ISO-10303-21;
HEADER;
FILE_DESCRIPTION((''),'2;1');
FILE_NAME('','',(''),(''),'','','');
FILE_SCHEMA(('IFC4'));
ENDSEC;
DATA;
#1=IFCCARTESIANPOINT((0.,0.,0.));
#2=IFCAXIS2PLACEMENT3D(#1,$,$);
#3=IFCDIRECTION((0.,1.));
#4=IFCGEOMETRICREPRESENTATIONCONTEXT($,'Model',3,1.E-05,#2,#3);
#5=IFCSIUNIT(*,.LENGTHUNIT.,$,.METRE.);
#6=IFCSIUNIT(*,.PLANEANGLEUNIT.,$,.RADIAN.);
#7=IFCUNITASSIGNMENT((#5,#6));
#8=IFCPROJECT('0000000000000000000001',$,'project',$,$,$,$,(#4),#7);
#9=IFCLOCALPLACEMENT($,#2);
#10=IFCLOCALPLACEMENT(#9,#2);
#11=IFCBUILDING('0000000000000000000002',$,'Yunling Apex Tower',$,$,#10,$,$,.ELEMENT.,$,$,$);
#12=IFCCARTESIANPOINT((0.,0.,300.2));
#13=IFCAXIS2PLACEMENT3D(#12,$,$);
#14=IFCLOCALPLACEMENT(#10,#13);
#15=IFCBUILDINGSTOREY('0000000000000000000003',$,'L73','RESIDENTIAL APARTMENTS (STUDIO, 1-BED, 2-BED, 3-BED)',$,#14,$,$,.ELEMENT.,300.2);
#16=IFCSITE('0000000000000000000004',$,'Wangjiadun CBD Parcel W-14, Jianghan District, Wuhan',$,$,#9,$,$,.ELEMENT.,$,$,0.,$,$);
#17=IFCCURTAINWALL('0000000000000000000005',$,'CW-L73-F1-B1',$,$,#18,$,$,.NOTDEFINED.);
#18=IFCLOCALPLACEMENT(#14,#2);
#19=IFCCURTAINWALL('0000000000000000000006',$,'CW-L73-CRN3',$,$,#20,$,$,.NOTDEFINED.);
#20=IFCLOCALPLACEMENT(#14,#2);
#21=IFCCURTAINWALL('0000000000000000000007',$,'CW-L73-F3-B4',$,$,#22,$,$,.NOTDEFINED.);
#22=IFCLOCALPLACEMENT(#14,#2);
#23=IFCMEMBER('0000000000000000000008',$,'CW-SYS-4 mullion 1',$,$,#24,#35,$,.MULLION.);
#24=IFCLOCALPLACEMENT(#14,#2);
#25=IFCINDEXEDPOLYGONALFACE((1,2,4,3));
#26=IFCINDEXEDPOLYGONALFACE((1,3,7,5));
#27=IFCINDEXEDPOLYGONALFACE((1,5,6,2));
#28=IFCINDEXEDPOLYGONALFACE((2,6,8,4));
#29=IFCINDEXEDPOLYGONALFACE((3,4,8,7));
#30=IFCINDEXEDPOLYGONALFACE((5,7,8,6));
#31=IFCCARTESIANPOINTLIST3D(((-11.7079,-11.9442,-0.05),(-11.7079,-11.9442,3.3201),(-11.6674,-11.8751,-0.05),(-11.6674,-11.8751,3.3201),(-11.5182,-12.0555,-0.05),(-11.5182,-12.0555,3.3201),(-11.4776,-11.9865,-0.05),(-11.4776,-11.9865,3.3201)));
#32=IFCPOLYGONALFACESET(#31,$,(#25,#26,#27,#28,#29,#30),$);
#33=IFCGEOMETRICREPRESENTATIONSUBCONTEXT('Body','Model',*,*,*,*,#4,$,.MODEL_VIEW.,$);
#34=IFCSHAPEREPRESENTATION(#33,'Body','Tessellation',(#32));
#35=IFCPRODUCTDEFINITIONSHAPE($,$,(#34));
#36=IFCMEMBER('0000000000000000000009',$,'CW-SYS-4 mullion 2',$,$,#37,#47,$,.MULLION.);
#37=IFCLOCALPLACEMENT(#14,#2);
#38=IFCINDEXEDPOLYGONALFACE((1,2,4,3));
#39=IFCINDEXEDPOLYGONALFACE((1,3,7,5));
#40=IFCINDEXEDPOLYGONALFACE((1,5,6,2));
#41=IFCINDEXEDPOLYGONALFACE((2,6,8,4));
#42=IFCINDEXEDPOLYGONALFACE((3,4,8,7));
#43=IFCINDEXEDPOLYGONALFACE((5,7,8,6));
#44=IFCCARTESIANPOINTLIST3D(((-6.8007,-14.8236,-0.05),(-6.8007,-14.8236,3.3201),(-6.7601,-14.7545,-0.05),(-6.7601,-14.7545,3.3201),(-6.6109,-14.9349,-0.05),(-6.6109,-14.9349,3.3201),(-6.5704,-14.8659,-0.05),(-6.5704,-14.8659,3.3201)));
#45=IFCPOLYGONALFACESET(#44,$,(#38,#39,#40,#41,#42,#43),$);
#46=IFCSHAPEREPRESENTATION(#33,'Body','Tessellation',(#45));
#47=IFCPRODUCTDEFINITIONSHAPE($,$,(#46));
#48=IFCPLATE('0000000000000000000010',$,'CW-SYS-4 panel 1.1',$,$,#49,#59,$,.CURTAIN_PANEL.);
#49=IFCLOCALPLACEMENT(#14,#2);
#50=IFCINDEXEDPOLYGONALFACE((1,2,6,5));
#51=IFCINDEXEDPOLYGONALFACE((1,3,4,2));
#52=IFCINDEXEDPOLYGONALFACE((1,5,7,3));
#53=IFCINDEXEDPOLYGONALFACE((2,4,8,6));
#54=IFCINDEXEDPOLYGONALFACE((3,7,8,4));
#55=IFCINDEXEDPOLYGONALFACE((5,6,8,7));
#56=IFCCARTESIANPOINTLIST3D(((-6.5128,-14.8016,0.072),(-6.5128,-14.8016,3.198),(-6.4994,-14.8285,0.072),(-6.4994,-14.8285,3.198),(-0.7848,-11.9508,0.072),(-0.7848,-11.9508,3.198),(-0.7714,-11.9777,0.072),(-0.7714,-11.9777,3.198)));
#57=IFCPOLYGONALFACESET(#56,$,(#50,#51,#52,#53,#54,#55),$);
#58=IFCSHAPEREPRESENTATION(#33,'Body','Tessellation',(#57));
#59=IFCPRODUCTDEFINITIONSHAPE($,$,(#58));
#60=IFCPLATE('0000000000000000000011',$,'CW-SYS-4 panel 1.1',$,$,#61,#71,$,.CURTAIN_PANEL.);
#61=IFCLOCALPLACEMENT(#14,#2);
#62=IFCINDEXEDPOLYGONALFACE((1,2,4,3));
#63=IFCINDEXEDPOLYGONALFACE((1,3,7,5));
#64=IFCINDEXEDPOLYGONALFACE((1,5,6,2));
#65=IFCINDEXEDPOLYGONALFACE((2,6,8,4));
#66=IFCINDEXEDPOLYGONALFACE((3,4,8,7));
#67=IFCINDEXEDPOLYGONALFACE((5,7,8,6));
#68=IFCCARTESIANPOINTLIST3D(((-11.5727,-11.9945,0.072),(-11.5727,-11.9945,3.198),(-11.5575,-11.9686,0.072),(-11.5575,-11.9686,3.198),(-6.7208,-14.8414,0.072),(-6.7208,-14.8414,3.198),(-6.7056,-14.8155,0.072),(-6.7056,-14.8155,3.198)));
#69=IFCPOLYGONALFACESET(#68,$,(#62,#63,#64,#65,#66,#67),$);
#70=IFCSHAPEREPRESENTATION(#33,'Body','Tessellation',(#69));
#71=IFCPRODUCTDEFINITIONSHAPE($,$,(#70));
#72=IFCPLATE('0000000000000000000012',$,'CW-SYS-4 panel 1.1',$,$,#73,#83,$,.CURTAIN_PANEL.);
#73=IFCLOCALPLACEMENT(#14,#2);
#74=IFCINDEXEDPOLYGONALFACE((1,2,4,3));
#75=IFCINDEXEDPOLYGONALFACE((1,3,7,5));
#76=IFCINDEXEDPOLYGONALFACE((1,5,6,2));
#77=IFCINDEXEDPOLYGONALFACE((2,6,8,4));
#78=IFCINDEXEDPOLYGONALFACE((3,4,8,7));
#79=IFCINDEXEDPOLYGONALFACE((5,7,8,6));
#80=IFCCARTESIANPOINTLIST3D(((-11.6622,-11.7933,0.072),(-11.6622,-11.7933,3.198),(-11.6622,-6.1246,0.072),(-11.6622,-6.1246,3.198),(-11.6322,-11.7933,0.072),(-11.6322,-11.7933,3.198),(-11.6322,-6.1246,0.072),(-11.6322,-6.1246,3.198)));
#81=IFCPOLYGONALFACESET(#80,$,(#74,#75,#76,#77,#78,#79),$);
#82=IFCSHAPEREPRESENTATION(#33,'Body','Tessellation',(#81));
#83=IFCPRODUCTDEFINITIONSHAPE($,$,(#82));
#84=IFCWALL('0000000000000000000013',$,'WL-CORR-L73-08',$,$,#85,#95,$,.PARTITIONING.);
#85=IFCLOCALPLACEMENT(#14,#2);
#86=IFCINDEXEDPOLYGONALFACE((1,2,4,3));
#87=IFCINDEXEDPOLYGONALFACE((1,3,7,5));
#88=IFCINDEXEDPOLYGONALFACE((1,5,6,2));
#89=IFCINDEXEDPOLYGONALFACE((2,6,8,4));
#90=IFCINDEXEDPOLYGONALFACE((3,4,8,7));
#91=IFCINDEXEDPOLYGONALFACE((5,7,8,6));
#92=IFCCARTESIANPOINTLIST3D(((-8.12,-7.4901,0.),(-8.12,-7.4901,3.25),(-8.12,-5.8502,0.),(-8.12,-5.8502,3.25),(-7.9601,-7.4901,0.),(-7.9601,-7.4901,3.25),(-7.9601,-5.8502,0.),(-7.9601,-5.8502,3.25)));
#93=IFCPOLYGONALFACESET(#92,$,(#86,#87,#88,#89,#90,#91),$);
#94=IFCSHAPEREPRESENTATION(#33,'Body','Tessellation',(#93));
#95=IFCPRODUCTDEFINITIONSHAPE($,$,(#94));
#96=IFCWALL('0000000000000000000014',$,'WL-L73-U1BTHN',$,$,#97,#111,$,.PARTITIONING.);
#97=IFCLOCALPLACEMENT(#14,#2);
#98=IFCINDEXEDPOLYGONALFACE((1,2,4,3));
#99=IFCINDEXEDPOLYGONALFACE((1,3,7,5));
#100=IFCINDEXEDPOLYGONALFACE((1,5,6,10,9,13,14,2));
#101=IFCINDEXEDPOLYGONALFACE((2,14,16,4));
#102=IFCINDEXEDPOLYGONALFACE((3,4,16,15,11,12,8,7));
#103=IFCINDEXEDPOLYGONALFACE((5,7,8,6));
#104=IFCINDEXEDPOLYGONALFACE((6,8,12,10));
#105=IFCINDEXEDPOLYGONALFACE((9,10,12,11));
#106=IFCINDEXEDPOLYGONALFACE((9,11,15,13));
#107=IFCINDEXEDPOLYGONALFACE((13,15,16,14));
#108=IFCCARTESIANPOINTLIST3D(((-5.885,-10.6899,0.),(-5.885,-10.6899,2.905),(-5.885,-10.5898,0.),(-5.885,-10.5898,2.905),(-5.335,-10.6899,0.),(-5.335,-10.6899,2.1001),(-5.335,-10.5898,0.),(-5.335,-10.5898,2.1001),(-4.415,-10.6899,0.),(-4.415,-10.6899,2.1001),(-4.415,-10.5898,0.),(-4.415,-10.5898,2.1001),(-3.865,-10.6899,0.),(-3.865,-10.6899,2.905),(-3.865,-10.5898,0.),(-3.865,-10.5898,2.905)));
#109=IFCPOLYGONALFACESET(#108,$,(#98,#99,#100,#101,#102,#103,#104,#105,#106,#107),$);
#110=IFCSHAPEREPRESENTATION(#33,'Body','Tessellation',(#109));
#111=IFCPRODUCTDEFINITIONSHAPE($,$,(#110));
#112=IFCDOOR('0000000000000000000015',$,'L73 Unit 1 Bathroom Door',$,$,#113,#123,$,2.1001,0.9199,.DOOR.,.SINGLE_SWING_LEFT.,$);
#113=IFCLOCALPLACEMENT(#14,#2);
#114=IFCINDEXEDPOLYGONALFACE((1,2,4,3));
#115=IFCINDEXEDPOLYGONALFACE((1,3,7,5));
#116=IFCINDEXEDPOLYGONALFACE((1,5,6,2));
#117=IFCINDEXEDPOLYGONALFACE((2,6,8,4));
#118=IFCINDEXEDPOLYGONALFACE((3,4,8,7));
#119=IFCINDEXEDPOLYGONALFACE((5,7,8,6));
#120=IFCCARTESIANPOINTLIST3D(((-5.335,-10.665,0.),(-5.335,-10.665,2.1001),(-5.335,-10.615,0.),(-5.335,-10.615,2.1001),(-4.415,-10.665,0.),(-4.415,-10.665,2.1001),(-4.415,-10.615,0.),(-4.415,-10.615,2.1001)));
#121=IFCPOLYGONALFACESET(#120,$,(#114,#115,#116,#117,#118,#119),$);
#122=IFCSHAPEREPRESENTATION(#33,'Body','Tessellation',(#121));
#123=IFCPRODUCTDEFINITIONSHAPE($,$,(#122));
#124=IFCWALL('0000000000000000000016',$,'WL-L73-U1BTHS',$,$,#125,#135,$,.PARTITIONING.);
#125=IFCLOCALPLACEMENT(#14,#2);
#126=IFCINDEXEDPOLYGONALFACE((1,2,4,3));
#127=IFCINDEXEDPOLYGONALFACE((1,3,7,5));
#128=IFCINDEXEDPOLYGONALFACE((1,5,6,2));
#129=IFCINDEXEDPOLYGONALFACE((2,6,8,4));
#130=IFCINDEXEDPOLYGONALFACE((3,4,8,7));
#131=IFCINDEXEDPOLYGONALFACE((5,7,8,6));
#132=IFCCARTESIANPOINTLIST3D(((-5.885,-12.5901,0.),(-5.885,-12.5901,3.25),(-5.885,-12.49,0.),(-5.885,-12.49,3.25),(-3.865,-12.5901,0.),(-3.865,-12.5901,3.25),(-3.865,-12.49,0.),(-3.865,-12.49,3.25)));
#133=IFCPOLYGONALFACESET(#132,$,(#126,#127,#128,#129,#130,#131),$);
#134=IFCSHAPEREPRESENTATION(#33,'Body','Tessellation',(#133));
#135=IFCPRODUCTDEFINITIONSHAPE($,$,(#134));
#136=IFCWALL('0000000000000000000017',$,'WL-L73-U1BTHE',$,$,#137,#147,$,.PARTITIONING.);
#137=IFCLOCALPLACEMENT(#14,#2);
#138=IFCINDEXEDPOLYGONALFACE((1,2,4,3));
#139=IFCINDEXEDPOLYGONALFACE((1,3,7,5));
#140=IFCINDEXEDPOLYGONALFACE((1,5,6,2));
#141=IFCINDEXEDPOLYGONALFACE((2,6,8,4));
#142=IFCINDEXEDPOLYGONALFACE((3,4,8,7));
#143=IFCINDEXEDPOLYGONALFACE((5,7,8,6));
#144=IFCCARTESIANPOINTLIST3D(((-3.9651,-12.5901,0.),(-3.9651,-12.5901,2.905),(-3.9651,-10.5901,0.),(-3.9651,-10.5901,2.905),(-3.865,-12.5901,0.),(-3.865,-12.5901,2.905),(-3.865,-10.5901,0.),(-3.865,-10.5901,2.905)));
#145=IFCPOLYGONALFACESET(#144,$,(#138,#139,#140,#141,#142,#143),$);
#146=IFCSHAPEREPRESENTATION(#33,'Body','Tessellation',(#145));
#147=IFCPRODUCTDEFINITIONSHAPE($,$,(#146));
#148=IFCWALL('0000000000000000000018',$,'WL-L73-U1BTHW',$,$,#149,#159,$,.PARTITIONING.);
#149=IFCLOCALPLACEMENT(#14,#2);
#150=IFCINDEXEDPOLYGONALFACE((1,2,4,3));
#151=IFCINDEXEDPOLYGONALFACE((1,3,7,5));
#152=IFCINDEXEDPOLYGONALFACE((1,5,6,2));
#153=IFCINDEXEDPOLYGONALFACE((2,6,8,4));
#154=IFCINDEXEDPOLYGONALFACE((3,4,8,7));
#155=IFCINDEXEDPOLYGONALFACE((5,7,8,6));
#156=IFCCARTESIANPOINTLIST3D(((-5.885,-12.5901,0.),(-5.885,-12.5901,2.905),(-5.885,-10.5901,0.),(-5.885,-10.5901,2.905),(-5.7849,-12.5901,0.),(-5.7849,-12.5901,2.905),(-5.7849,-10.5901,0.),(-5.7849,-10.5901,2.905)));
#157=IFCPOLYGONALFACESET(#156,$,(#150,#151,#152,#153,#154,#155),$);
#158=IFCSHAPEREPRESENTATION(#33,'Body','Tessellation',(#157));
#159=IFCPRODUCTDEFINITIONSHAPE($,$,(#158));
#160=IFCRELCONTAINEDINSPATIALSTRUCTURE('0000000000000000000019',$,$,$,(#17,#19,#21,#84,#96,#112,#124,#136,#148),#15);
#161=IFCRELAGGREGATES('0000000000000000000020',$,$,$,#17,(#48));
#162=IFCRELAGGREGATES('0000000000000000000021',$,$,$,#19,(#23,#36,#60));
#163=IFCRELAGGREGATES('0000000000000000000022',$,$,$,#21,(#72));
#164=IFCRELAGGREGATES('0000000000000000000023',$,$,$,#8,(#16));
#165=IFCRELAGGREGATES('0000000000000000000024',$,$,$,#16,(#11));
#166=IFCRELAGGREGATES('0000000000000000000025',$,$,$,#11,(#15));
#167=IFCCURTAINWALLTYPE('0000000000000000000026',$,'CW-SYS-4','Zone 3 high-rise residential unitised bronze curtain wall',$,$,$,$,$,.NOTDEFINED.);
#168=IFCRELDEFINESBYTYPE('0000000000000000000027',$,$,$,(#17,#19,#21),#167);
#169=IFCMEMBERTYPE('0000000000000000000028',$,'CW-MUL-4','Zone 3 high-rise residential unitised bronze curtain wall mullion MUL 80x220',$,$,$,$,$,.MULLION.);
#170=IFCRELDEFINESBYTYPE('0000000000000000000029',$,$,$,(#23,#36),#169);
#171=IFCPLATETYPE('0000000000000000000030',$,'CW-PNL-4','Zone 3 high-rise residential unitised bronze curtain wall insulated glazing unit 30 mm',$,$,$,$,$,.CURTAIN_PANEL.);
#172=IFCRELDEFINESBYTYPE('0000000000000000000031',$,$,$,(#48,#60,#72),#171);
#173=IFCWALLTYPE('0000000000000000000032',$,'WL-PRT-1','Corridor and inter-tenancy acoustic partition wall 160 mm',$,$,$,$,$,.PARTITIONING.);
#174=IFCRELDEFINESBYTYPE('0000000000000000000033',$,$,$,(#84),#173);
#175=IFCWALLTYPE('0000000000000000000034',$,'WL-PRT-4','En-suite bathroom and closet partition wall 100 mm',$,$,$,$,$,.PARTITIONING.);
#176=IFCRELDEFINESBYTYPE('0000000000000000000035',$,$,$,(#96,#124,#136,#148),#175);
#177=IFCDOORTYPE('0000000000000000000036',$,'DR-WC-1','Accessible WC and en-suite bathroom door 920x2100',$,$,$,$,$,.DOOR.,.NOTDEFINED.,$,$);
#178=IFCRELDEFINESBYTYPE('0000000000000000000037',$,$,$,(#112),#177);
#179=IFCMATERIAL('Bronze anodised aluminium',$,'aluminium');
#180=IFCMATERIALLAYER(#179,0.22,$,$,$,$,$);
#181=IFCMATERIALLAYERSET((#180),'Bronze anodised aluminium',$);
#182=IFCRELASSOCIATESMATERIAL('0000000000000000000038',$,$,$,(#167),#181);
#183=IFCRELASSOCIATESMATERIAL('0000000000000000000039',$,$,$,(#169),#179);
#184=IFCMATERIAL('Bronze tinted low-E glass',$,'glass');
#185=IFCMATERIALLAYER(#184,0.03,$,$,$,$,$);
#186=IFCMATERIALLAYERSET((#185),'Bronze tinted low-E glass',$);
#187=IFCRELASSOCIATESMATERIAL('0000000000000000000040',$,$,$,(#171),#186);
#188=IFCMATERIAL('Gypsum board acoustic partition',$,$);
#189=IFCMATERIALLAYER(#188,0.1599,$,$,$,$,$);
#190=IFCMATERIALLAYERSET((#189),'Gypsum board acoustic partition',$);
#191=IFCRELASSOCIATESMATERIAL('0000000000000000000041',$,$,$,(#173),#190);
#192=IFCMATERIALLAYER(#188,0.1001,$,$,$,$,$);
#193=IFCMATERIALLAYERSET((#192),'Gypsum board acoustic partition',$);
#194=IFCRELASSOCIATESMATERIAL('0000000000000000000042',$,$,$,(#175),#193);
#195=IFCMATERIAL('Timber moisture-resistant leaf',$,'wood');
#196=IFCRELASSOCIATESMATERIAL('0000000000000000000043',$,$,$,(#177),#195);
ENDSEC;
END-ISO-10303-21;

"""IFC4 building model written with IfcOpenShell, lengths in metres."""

from ifc_helpers import new_model, si_unit, direction, frame, frame_2d, origin, origin_2d, place, context, subcontext, project, spatial, rectangle, extrude, source, transform, mapped, material, layer, layer_set, material_profile, profile_set, type_object, element, fill, aggregate, save


model = new_model("IFC4")

# Units and contexts
model_context = context("Model", 3, precision=1e-05, world=origin(), true_north=direction((0.0, 1.0)))
body_context = subcontext(model_context, "Body", "Model", "MODEL_VIEW")
ifc_project = project(units=[si_unit("LENGTHUNIT", "METRE"), si_unit("PLANEANGLEUNIT", "RADIAN")], contexts=[model_context])

# Site, building, storey
site_placement = place(None, origin())
site = spatial("IfcSite", under=ifc_project, at=site_placement, Name="Wangjiadun CBD Parcel W-14, Jianghan District, Wuhan", CompositionType="ELEMENT", RefElevation=0.0)
building_placement = place(site_placement, origin())
building = spatial("IfcBuilding", under=site, at=building_placement, Name="Yunling Apex Tower", CompositionType="ELEMENT")
storey_placement = place(building_placement, frame((0.0, 0.0, 300.2)))
storey = spatial("IfcBuildingStorey", under=building, at=storey_placement, Name="L73", Description="RESIDENTIAL APARTMENTS (STUDIO, 1-BED, 2-BED, 3-BED)", CompositionType="ELEMENT", Elevation=300.2)

# Curtain walls
ifc_material_1 = material(Name="Bronze anodised aluminium", Category="aluminium")
ifc_layer_1 = layer(ifc_material_1, 0.22)
ifc_layer_set_1 = layer_set([ifc_layer_1], Name="Bronze anodised aluminium")
curtain_wall_type = type_object("IfcCurtainWallType", Name="CW-SYS-4", Description="Zone 3 high-rise residential unitised bronze curtain wall", PredefinedType="NOTDEFINED", material=ifc_layer_set_1)
curtain_wall_1_placement = place(storey_placement, origin())
curtain_wall_1 = element("IfcCurtainWall", 1, at=curtain_wall_1_placement, inside=storey, type_object=curtain_wall_type, Name="CW-L73-F1-B1", PredefinedType="NOTDEFINED")
curtain_wall_2_placement = place(storey_placement, origin())
curtain_wall_2 = element("IfcCurtainWall", 2, at=curtain_wall_2_placement, inside=storey, type_object=curtain_wall_type, Name="CW-L73-CRN3", PredefinedType="NOTDEFINED")

# Shared definitions
ifc_material_profile_1 = material_profile(ifc_material_1, rectangle(XDim=0.0801, YDim=0.22, at=origin_2d()))
ifc_profile_set_1 = profile_set([ifc_material_profile_1], Name="Bronze anodised aluminium")
member_type_1 = type_object("IfcMemberType", Name="CW-MUL-4", Description="Zone 3 high-rise residential unitised bronze curtain wall mullion MUL 80x220", PredefinedType="MULLION", material=ifc_profile_set_1)
shared_shape_1 = source(origin(), body_context, "Body", "SweptSolid", [
    extrude(rectangle(XDim=0.0801, YDim=0.22, at=origin_2d()), origin(), (0.0, 0.0, 1.0), 3.3701),
])

# Curtain wall
curtain_wall_3_placement = place(storey_placement, origin())
curtain_wall_3 = element("IfcCurtainWall", 3, at=curtain_wall_3_placement, inside=storey, type_object=curtain_wall_type, Name="CW-L73-F3-B4", PredefinedType="NOTDEFINED")

# Members
member_1_placement = place(storey_placement, frame((-11.5928, -11.9653, -0.05), z_axis=(0.0, 0.0, 1.0), x_axis=(0.50607, 0.862492, 0.0)))
member_1 = element("IfcMember", 4, at=member_1_placement, type_object=member_type_1, Name="CW-SYS-4 mullion 1", PredefinedType="MULLION", context=body_context, shape_type="MappedRepresentation", body=[
    mapped(shared_shape_1, transform((0.0, 0.0, 0.0), scale=1.0)),
])
member_2_placement = place(storey_placement, frame((-6.6855, -14.8447, -0.05), z_axis=(0.0, 0.0, 1.0), x_axis=(0.50607, 0.862492, 0.0)))
member_2 = element("IfcMember", 5, at=member_2_placement, type_object=member_type_1, Name="CW-SYS-4 mullion 2", PredefinedType="MULLION", context=body_context, shape_type="MappedRepresentation", body=[
    mapped(shared_shape_1, transform((0.0, 0.0, 0.0), scale=1.0)),
])

# Plates
ifc_material_2 = material(Name="Bronze tinted low-E glass", Category="glass")
ifc_layer_2 = layer(ifc_material_2, 0.03)
ifc_layer_set_2 = layer_set([ifc_layer_2], Name="Bronze tinted low-E glass")
plate_type = type_object("IfcPlateType", Name="CW-PNL-4", Description="Zone 3 high-rise residential unitised bronze curtain wall insulated glazing unit 30 mm", PredefinedType="CURTAIN_PANEL", material=ifc_layer_set_2)
shared_shape_2 = source(origin(), body_context, "Body", "SweptSolid", [
    extrude(rectangle(XDim=6.3982, YDim=0.03, at=origin_2d()), origin(), (0.0, 0.0, 1.0), 3.126),
])
plate_1_placement = place(storey_placement, frame((-3.6421, -13.3896, 0.072), z_axis=(0.0, 0.0, 1.0), x_axis=(0.895248, 0.445568, 0.0)))
plate_1 = element("IfcPlate", 6, at=plate_1_placement, type_object=plate_type, Name="CW-SYS-4 panel 1.1", PredefinedType="CURTAIN_PANEL", context=body_context, shape_type="MappedRepresentation", body=[
    mapped(shared_shape_2, transform((0.0, 0.0, 0.0), scale=1.0)),
])
aggregate(curtain_wall_1, [plate_1])
shared_shape_3 = source(origin(), body_context, "Body", "SweptSolid", [
    extrude(rectangle(XDim=5.6255, YDim=0.03, at=origin_2d()), origin(), (0.0, 0.0, 1.0), 3.126),
])
plate_2_placement = place(storey_placement, frame((-9.1392, -13.405, 0.072), z_axis=(0.0, 0.0, 1.0), x_axis=(0.862492, -0.50607, 0.0)))
plate_2 = element("IfcPlate", 7, at=plate_2_placement, type_object=plate_type, Name="CW-SYS-4 panel 1.1", PredefinedType="CURTAIN_PANEL", context=body_context, shape_type="MappedRepresentation", body=[
    mapped(shared_shape_3, transform((0.0, 0.0, 0.0), scale=1.0)),
])
aggregate(curtain_wall_2, [member_1, member_2, plate_2])
shared_shape_4 = source(origin(), body_context, "Body", "SweptSolid", [
    extrude(rectangle(XDim=5.6687, YDim=0.03, at=origin_2d()), origin(), (0.0, 0.0, 1.0), 3.126),
])
plate_3_placement = place(storey_placement, frame((-11.6472, -8.959, 0.072), z_axis=(0.0, 0.0, 1.0), x_axis=(0.0, -1.0, 0.0)))
plate_3 = element("IfcPlate", 8, at=plate_3_placement, type_object=plate_type, Name="CW-SYS-4 panel 1.1", PredefinedType="CURTAIN_PANEL", context=body_context, shape_type="MappedRepresentation", body=[
    mapped(shared_shape_4, transform((0.0, 0.0, 0.0), scale=1.0)),
])
aggregate(curtain_wall_3, [plate_3])

# Wall
ifc_material_3 = material(Name="Gypsum board acoustic partition")
ifc_layer_3 = layer(ifc_material_3, 0.1599)
ifc_layer_set_3 = layer_set([ifc_layer_3], Name="Gypsum board acoustic partition")
wall_type_1 = type_object("IfcWallType", Name="WL-PRT-1", Description="Corridor and inter-tenancy acoustic partition wall 160 mm", PredefinedType="PARTITIONING", material=ifc_layer_set_3)
wall_1_placement = place(storey_placement, frame((-8.04, -7.49, 0.0), z_axis=(0.0, 0.0, 1.0), x_axis=(0.0, 1.0, 0.0)))
element("IfcWall", 9, at=wall_1_placement, inside=storey, type_object=wall_type_1, Name="WL-CORR-L73-08", PredefinedType="PARTITIONING", context=body_context, shape_type="SweptSolid", body=[
    extrude(rectangle(XDim=1.6399, YDim=0.1599, at=frame_2d((0.8198, 0.0))), origin(), (0.0, 0.0, 1.0), 3.25),
])

# Wall, opening, door
ifc_layer_4 = layer(ifc_material_3, 0.1001)
ifc_layer_set_4 = layer_set([ifc_layer_4], Name="Gypsum board acoustic partition")
wall_type_2 = type_object("IfcWallType", Name="WL-PRT-4", Description="En-suite bathroom and closet partition wall 100 mm", PredefinedType="PARTITIONING", material=ifc_layer_set_4)
wall_2_placement = place(storey_placement, frame((-5.885, -10.6399, 0.0), z_axis=(0.0, 0.0, 1.0), x_axis=(1.0, 0.0, 0.0)))
wall_2 = element("IfcWall", 10, at=wall_2_placement, inside=storey, type_object=wall_type_2, Name="WL-L73-U1BTHN", PredefinedType="PARTITIONING", context=body_context, shape_type="SweptSolid", body=[
    extrude(rectangle(XDim=2.02, YDim=0.1001, at=frame_2d((1.01, 0.0))), origin(), (0.0, 0.0, 1.0), 2.905),
])
opening_1_placement = place(wall_2_placement, frame((0.55, 0.0, 0.0)))
opening_1 = element("IfcOpeningElement", 11, at=opening_1_placement, cuts=wall_2, PredefinedType="OPENING", context=body_context, shape_type="SweptSolid", body=[
    extrude(rectangle(XDim=0.9199, YDim=2.1001, at=frame_2d((0.46, 1.05))), frame((0.0, 0.0601, 0.0), z_axis=(0.0, -1.0, 0.0), x_axis=(1.0, 0.0, 0.0)), (0.0, 0.0, 1.0), 0.1201),
])
ifc_material_4 = material(Name="Timber moisture-resistant leaf", Category="wood")
door_type_1 = type_object("IfcDoorType", Name="DR-WC-1", Description="Accessible WC and en-suite bathroom door 920x2100", OperationType="NOTDEFINED", PredefinedType="DOOR", material=ifc_material_4)
door_1_placement = place(opening_1_placement, origin())
door_1 = element("IfcDoor", 12, at=door_1_placement, inside=storey, type_object=door_type_1, Name="L73 Unit 1 Bathroom Door", OperationType="SINGLE_SWING_LEFT", OverallHeight=2.1001, OverallWidth=0.9199, PredefinedType="DOOR", context=body_context, shape_type="SweptSolid", body=[
    extrude(rectangle(XDim=0.9199, YDim=2.1001, at=frame_2d((0.46, 1.05))), frame((0.0, 0.0249, 0.0), z_axis=(0.0, -1.0, 0.0), x_axis=(1.0, 0.0, 0.0)), (0.0, 0.0, 1.0), 0.05),
])
fill(opening_1, door_1)

# Walls
wall_3_placement = place(storey_placement, frame((-3.865, -12.54, 0.0), z_axis=(0.0, 0.0, 1.0), x_axis=(-1.0, 0.0, 0.0)))
element("IfcWall", 13, at=wall_3_placement, inside=storey, type_object=wall_type_2, Name="WL-L73-U1BTHS", PredefinedType="PARTITIONING", context=body_context, shape_type="SweptSolid", body=[
    extrude(rectangle(XDim=2.02, YDim=0.1001, at=frame_2d((1.01, 0.0))), origin(), (0.0, 0.0, 1.0), 3.25),
])
for number, where, z_axis, x_axis, name in (
    (14, (-3.915, -10.5901, 0.0), (0.0, 0.0, 1.0), (0.0, -1.0, 0.0), "WL-L73-U1BTHE"),
    (15, (-5.835, -12.5901, 0.0), (0.0, 0.0, 1.0), (0.0, 1.0, 0.0), "WL-L73-U1BTHW"),
):
    element("IfcWall", number, at=place(storey_placement, frame(where, z_axis=z_axis, x_axis=x_axis)), inside=storey, type_object=wall_type_2, Name=name, PredefinedType="PARTITIONING", context=body_context, shape_type="SweptSolid", body=[
        extrude(rectangle(XDim=2.0, YDim=0.1001, at=frame_2d((1.0, 0.0))), origin(), (0.0, 0.0, 1.0), 2.905),
    ])

save(model, "model.ifc")
